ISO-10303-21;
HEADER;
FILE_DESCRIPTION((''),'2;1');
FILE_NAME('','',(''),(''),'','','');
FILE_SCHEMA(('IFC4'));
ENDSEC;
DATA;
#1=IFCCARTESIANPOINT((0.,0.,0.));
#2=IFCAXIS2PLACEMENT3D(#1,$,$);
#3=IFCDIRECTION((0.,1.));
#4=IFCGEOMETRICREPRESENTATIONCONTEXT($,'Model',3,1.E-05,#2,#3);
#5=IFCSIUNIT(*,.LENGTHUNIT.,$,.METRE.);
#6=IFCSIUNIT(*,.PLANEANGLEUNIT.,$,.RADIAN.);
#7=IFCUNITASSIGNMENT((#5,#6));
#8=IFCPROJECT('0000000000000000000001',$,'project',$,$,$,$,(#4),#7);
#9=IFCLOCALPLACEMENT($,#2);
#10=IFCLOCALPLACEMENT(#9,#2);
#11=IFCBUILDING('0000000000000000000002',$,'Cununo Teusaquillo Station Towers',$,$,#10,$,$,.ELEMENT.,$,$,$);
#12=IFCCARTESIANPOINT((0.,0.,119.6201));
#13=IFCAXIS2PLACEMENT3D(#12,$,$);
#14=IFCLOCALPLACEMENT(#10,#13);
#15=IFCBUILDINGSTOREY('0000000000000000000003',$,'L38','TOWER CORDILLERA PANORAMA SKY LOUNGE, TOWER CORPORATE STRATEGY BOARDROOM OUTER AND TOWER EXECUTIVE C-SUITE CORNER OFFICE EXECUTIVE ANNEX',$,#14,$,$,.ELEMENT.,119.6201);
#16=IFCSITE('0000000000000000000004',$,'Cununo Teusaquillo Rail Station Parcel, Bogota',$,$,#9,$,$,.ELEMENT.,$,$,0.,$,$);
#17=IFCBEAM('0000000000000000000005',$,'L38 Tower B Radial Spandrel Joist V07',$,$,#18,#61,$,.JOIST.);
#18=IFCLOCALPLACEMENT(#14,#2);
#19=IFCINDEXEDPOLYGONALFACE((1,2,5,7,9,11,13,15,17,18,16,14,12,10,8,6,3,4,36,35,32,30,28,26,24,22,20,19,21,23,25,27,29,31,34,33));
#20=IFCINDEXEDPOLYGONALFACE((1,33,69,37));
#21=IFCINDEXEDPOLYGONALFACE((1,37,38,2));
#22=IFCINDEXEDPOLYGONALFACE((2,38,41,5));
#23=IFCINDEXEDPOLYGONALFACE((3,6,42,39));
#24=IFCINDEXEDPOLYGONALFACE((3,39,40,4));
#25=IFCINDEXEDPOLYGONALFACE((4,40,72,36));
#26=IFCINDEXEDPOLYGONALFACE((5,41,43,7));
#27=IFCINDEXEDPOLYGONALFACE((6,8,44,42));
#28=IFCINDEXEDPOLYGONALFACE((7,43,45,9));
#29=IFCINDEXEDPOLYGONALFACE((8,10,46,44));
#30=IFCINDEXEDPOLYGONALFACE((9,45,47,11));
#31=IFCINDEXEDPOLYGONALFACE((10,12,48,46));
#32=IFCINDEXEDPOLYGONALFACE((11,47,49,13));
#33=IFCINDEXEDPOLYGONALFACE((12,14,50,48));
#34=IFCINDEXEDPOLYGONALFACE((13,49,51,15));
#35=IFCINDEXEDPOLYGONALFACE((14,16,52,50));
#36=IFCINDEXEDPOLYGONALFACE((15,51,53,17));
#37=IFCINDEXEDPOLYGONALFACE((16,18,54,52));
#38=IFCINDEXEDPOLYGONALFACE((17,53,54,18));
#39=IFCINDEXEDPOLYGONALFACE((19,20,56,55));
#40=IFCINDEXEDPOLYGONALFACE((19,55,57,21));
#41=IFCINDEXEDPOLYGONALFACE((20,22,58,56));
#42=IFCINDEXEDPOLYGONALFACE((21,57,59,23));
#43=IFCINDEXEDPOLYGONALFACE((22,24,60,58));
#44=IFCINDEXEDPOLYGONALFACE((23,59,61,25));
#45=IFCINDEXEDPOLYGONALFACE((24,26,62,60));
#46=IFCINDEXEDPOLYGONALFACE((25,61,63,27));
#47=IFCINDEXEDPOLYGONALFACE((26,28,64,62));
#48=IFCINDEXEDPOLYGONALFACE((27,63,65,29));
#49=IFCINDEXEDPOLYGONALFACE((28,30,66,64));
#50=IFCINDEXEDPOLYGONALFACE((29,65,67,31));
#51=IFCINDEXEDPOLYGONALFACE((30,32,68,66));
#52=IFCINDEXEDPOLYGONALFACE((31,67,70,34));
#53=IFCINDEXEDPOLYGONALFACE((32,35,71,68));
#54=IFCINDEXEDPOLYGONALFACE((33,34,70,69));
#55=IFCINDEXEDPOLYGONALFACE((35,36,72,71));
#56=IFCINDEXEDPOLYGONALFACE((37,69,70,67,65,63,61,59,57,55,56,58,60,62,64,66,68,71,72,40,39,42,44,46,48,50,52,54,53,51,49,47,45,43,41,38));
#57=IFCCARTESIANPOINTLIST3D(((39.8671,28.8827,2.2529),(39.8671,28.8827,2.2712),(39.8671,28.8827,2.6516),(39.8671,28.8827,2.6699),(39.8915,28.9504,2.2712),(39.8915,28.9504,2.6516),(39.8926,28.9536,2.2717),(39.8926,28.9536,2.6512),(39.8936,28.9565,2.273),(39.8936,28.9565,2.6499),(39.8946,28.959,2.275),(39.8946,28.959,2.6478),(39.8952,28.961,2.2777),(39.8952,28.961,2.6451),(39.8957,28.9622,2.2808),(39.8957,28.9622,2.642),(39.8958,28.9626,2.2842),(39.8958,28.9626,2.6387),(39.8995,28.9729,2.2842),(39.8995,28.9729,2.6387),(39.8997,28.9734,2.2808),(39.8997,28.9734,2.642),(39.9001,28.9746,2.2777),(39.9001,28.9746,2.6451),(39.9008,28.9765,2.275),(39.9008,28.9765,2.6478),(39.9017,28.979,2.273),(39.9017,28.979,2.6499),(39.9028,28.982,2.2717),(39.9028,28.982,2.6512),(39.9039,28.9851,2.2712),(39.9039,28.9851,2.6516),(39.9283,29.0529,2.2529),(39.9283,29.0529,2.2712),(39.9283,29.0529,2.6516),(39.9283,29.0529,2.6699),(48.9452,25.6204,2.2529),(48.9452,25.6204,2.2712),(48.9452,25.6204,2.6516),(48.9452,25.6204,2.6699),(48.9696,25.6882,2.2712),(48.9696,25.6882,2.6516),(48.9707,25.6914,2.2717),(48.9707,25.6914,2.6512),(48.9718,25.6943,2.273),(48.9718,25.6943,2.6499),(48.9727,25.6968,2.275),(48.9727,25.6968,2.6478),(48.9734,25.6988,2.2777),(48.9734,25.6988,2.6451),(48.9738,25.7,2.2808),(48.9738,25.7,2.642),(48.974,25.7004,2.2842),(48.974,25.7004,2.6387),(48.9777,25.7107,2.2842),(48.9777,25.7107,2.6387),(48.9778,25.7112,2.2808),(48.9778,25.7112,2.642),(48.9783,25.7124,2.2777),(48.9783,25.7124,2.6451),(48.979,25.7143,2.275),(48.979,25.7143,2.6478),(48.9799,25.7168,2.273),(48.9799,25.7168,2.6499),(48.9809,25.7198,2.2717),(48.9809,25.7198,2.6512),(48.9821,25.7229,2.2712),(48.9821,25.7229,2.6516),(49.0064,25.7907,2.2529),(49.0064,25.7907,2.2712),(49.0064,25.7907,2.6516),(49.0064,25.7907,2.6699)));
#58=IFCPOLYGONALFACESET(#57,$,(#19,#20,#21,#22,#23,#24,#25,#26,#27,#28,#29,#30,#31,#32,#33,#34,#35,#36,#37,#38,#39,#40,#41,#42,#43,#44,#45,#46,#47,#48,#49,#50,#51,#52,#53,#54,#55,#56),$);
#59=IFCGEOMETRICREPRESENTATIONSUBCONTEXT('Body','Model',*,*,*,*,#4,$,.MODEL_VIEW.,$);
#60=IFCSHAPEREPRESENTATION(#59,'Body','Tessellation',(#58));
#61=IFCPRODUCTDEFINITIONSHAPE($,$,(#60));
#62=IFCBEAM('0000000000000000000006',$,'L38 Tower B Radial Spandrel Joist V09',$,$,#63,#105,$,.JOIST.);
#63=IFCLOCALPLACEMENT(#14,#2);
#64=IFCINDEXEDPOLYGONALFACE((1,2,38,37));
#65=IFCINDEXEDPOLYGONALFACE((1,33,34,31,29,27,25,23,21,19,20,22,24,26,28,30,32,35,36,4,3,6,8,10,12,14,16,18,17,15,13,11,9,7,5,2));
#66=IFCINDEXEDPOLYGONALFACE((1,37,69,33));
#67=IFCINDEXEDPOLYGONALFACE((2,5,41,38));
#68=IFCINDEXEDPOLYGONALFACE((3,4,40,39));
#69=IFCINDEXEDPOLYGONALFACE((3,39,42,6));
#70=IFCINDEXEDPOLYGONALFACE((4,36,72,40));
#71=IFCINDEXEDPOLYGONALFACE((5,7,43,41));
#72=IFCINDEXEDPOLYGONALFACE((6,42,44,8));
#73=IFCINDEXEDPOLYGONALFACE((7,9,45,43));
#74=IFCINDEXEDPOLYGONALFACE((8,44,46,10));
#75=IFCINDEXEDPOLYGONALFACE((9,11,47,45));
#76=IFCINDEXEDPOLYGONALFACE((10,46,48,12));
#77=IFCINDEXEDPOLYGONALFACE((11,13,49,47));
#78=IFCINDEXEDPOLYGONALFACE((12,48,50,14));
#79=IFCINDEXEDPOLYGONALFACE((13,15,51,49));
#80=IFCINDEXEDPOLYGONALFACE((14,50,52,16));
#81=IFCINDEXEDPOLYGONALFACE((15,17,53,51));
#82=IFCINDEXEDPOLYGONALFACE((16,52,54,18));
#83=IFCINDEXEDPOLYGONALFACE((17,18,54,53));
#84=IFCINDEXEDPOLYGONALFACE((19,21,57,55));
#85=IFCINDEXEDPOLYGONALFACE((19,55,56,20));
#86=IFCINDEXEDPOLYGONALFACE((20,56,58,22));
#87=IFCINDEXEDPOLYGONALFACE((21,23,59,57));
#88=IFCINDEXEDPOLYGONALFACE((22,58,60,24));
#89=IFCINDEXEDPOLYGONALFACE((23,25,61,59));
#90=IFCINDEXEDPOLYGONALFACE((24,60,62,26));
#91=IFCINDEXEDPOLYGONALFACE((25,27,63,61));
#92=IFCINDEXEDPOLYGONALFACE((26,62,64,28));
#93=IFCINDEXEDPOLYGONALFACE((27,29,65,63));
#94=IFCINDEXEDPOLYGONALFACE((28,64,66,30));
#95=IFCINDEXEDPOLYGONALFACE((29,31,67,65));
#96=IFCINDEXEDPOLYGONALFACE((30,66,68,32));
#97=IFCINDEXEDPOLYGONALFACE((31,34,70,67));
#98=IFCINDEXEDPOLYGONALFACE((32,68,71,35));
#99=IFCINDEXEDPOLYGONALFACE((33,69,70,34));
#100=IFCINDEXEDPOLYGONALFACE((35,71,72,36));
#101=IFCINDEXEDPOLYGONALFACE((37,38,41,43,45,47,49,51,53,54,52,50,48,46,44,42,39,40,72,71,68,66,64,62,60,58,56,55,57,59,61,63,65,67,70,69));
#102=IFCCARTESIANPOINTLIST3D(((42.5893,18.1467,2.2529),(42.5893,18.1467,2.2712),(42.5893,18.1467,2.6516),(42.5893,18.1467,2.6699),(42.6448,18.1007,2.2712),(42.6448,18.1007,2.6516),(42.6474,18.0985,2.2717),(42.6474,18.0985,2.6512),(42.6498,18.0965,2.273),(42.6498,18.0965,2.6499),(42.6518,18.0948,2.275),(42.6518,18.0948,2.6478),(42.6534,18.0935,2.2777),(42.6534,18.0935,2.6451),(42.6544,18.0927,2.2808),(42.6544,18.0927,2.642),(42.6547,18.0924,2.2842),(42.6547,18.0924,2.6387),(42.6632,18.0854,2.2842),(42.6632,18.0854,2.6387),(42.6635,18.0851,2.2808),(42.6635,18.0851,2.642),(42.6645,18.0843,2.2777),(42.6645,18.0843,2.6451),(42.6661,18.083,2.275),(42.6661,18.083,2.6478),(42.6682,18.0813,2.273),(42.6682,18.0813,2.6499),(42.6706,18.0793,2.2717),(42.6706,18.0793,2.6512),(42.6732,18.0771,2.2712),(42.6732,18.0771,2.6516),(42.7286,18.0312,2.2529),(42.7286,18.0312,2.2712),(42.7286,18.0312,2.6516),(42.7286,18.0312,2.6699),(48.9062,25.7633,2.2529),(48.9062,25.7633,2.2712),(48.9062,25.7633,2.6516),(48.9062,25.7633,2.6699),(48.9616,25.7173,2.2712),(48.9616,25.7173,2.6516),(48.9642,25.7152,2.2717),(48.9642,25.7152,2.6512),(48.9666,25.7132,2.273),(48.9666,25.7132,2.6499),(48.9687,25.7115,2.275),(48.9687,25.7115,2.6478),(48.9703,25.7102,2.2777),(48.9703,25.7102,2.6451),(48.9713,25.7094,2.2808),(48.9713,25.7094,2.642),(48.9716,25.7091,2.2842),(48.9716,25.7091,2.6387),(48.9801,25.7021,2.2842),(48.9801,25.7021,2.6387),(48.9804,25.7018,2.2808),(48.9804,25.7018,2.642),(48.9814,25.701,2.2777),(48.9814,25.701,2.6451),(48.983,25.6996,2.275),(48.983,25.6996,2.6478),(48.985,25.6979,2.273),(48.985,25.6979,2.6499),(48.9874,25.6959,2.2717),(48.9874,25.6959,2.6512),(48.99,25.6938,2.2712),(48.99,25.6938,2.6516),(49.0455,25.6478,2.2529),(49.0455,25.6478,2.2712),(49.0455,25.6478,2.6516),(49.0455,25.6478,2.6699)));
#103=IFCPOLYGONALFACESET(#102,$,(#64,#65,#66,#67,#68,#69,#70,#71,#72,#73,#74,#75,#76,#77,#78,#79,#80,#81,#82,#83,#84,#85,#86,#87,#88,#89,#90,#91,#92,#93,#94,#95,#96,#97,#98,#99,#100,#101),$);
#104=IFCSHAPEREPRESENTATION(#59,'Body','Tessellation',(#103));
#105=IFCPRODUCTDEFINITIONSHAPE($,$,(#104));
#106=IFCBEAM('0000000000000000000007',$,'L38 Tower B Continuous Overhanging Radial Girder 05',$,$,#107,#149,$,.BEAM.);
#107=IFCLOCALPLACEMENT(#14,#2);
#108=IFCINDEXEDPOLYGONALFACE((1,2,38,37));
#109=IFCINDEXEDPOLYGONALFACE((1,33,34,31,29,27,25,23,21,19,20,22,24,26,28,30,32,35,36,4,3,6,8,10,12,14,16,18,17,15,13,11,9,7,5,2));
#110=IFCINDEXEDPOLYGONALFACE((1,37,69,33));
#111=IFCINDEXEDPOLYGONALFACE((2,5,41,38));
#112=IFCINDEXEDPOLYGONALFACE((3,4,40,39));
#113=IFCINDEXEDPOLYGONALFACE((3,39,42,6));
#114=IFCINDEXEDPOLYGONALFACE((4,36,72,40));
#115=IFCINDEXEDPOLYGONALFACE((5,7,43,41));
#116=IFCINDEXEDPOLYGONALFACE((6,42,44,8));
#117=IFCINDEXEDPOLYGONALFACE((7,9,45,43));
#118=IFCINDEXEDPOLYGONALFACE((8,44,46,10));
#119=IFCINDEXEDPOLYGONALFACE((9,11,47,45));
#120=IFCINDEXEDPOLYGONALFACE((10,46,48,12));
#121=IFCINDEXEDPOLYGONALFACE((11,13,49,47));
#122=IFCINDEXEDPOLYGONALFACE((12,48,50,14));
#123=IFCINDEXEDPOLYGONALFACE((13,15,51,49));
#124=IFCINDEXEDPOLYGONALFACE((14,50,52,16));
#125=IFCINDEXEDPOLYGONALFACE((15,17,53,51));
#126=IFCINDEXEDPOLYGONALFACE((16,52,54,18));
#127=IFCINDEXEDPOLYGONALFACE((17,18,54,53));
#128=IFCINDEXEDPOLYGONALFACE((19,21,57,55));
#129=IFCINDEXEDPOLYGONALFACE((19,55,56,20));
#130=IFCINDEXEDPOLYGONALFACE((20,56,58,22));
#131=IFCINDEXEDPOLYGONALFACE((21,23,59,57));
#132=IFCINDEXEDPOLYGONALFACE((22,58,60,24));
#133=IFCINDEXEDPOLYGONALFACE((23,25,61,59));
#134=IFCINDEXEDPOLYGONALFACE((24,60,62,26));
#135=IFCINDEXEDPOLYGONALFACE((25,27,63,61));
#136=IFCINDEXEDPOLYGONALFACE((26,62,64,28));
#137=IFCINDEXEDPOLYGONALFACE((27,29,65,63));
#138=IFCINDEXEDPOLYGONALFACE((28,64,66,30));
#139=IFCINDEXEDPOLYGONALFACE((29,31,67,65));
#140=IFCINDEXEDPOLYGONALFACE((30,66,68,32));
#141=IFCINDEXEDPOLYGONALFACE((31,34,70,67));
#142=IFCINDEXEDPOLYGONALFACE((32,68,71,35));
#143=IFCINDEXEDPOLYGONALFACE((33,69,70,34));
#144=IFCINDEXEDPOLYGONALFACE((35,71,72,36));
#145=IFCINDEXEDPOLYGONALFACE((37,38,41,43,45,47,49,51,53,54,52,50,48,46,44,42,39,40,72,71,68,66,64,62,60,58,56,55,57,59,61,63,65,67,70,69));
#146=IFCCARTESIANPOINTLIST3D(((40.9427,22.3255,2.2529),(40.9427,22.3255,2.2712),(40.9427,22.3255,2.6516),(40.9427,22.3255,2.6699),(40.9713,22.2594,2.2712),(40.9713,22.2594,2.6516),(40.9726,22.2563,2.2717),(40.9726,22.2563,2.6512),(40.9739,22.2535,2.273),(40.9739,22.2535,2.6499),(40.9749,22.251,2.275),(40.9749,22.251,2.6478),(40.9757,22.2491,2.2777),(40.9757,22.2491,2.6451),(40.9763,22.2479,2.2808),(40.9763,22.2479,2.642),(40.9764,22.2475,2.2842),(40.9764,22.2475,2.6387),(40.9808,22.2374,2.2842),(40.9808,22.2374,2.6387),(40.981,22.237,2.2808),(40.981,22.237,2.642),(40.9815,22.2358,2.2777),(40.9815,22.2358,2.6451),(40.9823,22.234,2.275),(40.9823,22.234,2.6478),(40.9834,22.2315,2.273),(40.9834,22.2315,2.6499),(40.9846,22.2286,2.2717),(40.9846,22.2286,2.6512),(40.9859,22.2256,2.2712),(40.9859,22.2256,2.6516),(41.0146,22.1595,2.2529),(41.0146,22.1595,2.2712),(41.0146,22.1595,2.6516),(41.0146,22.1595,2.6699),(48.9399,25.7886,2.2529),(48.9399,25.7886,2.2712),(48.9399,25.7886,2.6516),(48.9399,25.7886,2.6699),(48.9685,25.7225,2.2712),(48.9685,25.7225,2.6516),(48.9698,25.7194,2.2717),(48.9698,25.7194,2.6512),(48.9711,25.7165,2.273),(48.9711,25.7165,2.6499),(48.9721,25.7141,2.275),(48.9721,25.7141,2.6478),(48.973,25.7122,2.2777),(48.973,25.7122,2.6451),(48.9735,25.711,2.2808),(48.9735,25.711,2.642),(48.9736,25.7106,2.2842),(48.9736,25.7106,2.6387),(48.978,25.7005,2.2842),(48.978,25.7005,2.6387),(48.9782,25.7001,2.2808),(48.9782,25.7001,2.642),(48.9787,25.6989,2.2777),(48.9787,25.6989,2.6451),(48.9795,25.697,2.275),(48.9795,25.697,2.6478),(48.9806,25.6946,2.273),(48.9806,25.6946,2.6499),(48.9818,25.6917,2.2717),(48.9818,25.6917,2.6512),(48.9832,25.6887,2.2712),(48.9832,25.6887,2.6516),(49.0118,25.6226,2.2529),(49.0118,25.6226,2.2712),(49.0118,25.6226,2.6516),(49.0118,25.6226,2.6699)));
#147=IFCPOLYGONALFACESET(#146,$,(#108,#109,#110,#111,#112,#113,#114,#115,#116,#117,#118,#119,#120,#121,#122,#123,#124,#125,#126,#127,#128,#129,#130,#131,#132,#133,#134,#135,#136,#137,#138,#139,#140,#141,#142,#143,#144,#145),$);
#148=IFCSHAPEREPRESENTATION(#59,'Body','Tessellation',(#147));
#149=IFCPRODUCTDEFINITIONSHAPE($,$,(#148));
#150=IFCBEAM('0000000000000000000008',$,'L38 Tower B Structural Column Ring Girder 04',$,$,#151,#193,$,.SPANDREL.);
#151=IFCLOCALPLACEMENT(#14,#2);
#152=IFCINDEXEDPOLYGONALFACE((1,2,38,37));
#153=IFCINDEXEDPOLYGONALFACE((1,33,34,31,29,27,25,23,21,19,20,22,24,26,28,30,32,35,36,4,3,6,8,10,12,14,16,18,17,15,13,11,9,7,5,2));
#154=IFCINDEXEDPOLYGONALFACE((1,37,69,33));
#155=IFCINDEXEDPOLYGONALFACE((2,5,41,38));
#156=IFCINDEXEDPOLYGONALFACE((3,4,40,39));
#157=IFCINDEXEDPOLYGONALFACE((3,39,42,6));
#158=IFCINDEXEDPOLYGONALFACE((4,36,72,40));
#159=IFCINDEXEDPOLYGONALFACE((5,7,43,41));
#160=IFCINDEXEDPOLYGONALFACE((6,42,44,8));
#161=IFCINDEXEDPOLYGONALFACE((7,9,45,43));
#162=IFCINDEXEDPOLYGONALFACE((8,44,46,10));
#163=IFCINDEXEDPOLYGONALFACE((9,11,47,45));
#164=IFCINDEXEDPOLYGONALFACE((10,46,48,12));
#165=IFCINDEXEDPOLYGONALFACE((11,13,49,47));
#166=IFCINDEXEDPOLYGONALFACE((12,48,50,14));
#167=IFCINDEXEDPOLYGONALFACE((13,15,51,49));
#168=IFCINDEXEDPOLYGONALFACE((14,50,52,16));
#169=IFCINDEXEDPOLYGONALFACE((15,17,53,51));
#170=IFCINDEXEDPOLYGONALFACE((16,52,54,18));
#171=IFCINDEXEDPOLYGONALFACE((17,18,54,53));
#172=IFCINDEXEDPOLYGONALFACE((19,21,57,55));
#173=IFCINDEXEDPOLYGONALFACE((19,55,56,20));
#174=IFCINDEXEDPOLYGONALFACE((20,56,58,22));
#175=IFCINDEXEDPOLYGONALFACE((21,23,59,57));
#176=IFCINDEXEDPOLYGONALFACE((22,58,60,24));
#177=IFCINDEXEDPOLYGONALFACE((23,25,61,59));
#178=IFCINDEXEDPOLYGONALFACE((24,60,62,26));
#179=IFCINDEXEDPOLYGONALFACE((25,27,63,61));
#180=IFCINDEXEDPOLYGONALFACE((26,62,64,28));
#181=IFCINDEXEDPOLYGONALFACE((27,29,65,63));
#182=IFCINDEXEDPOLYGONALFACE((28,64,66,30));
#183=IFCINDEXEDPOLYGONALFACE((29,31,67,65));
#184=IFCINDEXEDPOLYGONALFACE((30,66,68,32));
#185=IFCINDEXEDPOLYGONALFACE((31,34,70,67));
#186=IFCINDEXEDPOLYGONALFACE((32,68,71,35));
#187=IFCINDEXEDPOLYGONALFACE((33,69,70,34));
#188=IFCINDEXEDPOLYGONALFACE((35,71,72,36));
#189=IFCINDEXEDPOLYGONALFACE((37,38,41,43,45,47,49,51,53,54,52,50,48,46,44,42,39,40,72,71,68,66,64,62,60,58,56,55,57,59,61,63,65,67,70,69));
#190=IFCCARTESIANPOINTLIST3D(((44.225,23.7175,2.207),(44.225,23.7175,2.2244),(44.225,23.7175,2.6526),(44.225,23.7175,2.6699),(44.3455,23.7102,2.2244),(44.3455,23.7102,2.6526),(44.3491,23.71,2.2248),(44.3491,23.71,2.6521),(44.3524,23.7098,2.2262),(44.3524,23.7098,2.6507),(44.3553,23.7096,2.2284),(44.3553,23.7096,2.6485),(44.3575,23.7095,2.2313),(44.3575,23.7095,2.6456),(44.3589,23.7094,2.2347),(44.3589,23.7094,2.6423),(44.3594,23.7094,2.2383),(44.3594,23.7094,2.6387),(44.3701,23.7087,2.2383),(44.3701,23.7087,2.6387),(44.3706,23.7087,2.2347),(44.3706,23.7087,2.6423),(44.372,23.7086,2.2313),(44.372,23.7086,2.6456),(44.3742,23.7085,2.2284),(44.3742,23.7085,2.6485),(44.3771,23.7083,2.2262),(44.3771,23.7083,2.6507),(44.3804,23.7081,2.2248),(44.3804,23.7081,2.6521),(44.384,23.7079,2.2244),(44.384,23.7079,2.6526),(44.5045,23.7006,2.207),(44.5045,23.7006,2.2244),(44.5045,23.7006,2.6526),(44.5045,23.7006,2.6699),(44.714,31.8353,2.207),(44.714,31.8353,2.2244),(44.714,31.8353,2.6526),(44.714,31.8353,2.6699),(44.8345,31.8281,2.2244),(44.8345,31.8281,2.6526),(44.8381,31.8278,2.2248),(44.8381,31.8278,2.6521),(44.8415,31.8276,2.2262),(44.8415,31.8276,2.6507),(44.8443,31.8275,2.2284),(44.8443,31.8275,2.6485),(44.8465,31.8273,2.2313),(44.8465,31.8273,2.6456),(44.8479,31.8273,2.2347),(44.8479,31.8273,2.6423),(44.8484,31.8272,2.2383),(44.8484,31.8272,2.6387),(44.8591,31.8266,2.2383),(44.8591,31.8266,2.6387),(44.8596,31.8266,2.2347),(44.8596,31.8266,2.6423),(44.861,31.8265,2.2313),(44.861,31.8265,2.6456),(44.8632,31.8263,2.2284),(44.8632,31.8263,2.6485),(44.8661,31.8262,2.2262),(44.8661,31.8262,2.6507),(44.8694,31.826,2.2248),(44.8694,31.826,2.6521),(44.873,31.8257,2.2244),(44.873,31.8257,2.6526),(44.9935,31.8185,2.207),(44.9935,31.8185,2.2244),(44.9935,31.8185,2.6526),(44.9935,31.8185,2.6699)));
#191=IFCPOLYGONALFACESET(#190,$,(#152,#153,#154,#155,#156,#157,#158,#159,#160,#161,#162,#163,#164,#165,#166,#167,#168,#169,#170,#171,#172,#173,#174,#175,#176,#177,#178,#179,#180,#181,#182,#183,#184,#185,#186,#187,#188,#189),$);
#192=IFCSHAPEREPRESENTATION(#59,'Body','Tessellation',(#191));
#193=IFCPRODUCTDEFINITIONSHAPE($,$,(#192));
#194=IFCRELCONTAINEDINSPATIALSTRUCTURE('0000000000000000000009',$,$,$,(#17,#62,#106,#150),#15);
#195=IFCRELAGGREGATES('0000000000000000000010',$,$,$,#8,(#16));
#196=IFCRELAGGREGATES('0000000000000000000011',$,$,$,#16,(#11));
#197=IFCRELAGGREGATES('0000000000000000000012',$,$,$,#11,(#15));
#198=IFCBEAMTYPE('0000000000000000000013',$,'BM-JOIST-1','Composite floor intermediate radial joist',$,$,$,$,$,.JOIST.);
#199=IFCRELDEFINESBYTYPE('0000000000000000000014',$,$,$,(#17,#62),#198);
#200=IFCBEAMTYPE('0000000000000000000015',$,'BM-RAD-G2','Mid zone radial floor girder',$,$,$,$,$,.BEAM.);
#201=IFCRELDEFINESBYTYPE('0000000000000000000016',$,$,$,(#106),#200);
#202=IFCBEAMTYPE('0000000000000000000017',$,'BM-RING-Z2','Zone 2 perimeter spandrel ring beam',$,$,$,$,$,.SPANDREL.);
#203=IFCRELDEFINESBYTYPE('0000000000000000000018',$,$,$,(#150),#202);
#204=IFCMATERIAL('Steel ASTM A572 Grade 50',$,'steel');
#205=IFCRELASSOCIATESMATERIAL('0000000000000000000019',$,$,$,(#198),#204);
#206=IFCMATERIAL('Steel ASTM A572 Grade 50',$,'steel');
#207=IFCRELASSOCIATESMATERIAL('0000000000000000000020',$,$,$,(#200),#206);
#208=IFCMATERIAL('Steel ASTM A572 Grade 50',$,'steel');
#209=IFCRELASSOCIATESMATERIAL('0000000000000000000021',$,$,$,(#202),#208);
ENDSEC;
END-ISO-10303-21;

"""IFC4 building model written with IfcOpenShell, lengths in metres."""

from ifc_helpers import new_model, si_unit, direction, frame, origin, origin_2d, place, context, subcontext, project, spatial, i_section, extrude, material, material_profile, profile_set, type_object, element, save


model = new_model("IFC4")

# Units and contexts
model_context = context("Model", 3, precision=1e-05, world=origin(), true_north=direction((0.0, 1.0)))
body_context = subcontext(model_context, "Body", "Model", "MODEL_VIEW")
ifc_project = project(units=[si_unit("LENGTHUNIT", "METRE"), si_unit("PLANEANGLEUNIT", "RADIAN")], contexts=[model_context])

# Site, building, storey
site_placement = place(None, origin())
site = spatial("IfcSite", under=ifc_project, at=site_placement, Name="Cununo Teusaquillo Rail Station Parcel, Bogota", CompositionType="ELEMENT", RefElevation=0.0)
building_placement = place(site_placement, origin())
building = spatial("IfcBuilding", under=site, at=building_placement, Name="Cununo Teusaquillo Station Towers", CompositionType="ELEMENT")
storey_placement = place(building_placement, frame((0.0, 0.0, 119.6201)))
storey = spatial("IfcBuildingStorey", under=building, at=storey_placement, Name="L38", Description="TOWER CORDILLERA PANORAMA SKY LOUNGE, TOWER CORPORATE STRATEGY BOARDROOM OUTER AND TOWER EXECUTIVE C-SUITE CORNER OFFICE EXECUTIVE ANNEX", CompositionType="ELEMENT", Elevation=119.6201)

# Beams
ifc_material_1 = material(Name="Steel ASTM A572 Grade 50", Category="steel")
ifc_material_profile_1 = material_profile(ifc_material_1, i_section(OverallWidth=0.1809, OverallDepth=0.417, WebThickness=0.011, FlangeThickness=0.0183, FilletRadius=0.0129, at=origin_2d()), Name="W16X57")
ifc_profile_set_1 = profile_set([ifc_material_profile_1], Name="Steel ASTM A572 Grade 50")
beam_type_1 = type_object("IfcBeamType", Name="BM-JOIST-1", Description="Composite floor intermediate radial joist", PredefinedType="JOIST", material=ifc_profile_set_1)
beam_1_placement = place(storey_placement, frame((48.9758, 25.7056, 2.4614), z_axis=(-0.941083, 0.338176, 0.0), x_axis=(-0.338176, -0.941083, 0.0)))
element("IfcBeam", 1, at=beam_1_placement, inside=storey, type_object=beam_type_1, Name="L38 Tower B Radial Spandrel Joist V07", PredefinedType="JOIST", context=body_context, shape_type="SweptSolid", body=[
    extrude(i_section(OverallWidth=0.1809, OverallDepth=0.417, WebThickness=0.011, FlangeThickness=0.0183, FilletRadius=0.0129, at=origin_2d()), origin(), (0.0, 0.0, 1.0), 9.6465),
])
beam_2_placement = place(storey_placement, frame((48.9758, 25.7056, 2.4614), z_axis=(-0.638372, -0.769728, 0.0), x_axis=(0.769728, -0.638372, 0.0)))
element("IfcBeam", 2, at=beam_2_placement, inside=storey, type_object=beam_type_1, Name="L38 Tower B Radial Spandrel Joist V09", PredefinedType="JOIST", context=body_context, shape_type="SweptSolid", body=[
    extrude(i_section(OverallWidth=0.1809, OverallDepth=0.417, WebThickness=0.011, FlangeThickness=0.0183, FilletRadius=0.0129, at=origin_2d()), origin(), (0.0, 0.0, 1.0), 9.8953),
])
ifc_material_2 = material(Name="Steel ASTM A572 Grade 50", Category="steel")
ifc_material_profile_2 = material_profile(ifc_material_2, i_section(OverallWidth=0.1809, OverallDepth=0.417, WebThickness=0.011, FlangeThickness=0.0183, FilletRadius=0.0129, at=origin_2d()), Name="W16X57")
ifc_profile_set_2 = profile_set([ifc_material_profile_2], Name="Steel ASTM A572 Grade 50")
beam_type_2 = type_object("IfcBeamType", Name="BM-RAD-G2", Description="Mid zone radial floor girder", PredefinedType="BEAM", material=ifc_profile_set_2)
beam_3_placement = place(storey_placement, frame((48.9758, 25.7056, 2.4614), z_axis=(-0.917655, -0.397379, 0.0), x_axis=(0.397379, -0.917655, 0.0)))
element("IfcBeam", 3, at=beam_3_placement, inside=storey, type_object=beam_type_2, Name="L38 Tower B Continuous Overhanging Radial Girder 05", PredefinedType="BEAM", context=body_context, shape_type="SweptSolid", body=[
    extrude(i_section(OverallWidth=0.1809, OverallDepth=0.417, WebThickness=0.011, FlangeThickness=0.0183, FilletRadius=0.0129, at=origin_2d()), origin(), (0.0, 0.0, 1.0), 8.7148),
])
ifc_material_3 = material(Name="Steel ASTM A572 Grade 50", Category="steel")
ifc_material_profile_3 = material_profile(ifc_material_3, i_section(OverallWidth=0.28, OverallDepth=0.4629, WebThickness=0.0107, FlangeThickness=0.0173, FilletRadius=0.0139, at=origin_2d()), Name="W18X76")
ifc_profile_set_3 = profile_set([ifc_material_profile_3], Name="Steel ASTM A572 Grade 50")
beam_type_3 = type_object("IfcBeamType", Name="BM-RING-Z2", Description="Zone 2 perimeter spandrel ring beam", PredefinedType="SPANDREL", material=ifc_profile_set_3)
beam_4_placement = place(storey_placement, frame((44.8538, 31.8269, 2.4385), z_axis=(-0.06013, -0.998191, 0.0), x_axis=(0.998191, -0.06013, 0.0)))
element("IfcBeam", 4, at=beam_4_placement, inside=storey, type_object=beam_type_3, Name="L38 Tower B Structural Column Ring Girder 04", PredefinedType="SPANDREL", context=body_context, shape_type="SweptSolid", body=[
    extrude(i_section(OverallWidth=0.28, OverallDepth=0.4629, WebThickness=0.0107, FlangeThickness=0.0173, FilletRadius=0.0139, at=origin_2d()), origin(), (0.0, 0.0, 1.0), 8.1326),
])

save(model, "model.ifc")
